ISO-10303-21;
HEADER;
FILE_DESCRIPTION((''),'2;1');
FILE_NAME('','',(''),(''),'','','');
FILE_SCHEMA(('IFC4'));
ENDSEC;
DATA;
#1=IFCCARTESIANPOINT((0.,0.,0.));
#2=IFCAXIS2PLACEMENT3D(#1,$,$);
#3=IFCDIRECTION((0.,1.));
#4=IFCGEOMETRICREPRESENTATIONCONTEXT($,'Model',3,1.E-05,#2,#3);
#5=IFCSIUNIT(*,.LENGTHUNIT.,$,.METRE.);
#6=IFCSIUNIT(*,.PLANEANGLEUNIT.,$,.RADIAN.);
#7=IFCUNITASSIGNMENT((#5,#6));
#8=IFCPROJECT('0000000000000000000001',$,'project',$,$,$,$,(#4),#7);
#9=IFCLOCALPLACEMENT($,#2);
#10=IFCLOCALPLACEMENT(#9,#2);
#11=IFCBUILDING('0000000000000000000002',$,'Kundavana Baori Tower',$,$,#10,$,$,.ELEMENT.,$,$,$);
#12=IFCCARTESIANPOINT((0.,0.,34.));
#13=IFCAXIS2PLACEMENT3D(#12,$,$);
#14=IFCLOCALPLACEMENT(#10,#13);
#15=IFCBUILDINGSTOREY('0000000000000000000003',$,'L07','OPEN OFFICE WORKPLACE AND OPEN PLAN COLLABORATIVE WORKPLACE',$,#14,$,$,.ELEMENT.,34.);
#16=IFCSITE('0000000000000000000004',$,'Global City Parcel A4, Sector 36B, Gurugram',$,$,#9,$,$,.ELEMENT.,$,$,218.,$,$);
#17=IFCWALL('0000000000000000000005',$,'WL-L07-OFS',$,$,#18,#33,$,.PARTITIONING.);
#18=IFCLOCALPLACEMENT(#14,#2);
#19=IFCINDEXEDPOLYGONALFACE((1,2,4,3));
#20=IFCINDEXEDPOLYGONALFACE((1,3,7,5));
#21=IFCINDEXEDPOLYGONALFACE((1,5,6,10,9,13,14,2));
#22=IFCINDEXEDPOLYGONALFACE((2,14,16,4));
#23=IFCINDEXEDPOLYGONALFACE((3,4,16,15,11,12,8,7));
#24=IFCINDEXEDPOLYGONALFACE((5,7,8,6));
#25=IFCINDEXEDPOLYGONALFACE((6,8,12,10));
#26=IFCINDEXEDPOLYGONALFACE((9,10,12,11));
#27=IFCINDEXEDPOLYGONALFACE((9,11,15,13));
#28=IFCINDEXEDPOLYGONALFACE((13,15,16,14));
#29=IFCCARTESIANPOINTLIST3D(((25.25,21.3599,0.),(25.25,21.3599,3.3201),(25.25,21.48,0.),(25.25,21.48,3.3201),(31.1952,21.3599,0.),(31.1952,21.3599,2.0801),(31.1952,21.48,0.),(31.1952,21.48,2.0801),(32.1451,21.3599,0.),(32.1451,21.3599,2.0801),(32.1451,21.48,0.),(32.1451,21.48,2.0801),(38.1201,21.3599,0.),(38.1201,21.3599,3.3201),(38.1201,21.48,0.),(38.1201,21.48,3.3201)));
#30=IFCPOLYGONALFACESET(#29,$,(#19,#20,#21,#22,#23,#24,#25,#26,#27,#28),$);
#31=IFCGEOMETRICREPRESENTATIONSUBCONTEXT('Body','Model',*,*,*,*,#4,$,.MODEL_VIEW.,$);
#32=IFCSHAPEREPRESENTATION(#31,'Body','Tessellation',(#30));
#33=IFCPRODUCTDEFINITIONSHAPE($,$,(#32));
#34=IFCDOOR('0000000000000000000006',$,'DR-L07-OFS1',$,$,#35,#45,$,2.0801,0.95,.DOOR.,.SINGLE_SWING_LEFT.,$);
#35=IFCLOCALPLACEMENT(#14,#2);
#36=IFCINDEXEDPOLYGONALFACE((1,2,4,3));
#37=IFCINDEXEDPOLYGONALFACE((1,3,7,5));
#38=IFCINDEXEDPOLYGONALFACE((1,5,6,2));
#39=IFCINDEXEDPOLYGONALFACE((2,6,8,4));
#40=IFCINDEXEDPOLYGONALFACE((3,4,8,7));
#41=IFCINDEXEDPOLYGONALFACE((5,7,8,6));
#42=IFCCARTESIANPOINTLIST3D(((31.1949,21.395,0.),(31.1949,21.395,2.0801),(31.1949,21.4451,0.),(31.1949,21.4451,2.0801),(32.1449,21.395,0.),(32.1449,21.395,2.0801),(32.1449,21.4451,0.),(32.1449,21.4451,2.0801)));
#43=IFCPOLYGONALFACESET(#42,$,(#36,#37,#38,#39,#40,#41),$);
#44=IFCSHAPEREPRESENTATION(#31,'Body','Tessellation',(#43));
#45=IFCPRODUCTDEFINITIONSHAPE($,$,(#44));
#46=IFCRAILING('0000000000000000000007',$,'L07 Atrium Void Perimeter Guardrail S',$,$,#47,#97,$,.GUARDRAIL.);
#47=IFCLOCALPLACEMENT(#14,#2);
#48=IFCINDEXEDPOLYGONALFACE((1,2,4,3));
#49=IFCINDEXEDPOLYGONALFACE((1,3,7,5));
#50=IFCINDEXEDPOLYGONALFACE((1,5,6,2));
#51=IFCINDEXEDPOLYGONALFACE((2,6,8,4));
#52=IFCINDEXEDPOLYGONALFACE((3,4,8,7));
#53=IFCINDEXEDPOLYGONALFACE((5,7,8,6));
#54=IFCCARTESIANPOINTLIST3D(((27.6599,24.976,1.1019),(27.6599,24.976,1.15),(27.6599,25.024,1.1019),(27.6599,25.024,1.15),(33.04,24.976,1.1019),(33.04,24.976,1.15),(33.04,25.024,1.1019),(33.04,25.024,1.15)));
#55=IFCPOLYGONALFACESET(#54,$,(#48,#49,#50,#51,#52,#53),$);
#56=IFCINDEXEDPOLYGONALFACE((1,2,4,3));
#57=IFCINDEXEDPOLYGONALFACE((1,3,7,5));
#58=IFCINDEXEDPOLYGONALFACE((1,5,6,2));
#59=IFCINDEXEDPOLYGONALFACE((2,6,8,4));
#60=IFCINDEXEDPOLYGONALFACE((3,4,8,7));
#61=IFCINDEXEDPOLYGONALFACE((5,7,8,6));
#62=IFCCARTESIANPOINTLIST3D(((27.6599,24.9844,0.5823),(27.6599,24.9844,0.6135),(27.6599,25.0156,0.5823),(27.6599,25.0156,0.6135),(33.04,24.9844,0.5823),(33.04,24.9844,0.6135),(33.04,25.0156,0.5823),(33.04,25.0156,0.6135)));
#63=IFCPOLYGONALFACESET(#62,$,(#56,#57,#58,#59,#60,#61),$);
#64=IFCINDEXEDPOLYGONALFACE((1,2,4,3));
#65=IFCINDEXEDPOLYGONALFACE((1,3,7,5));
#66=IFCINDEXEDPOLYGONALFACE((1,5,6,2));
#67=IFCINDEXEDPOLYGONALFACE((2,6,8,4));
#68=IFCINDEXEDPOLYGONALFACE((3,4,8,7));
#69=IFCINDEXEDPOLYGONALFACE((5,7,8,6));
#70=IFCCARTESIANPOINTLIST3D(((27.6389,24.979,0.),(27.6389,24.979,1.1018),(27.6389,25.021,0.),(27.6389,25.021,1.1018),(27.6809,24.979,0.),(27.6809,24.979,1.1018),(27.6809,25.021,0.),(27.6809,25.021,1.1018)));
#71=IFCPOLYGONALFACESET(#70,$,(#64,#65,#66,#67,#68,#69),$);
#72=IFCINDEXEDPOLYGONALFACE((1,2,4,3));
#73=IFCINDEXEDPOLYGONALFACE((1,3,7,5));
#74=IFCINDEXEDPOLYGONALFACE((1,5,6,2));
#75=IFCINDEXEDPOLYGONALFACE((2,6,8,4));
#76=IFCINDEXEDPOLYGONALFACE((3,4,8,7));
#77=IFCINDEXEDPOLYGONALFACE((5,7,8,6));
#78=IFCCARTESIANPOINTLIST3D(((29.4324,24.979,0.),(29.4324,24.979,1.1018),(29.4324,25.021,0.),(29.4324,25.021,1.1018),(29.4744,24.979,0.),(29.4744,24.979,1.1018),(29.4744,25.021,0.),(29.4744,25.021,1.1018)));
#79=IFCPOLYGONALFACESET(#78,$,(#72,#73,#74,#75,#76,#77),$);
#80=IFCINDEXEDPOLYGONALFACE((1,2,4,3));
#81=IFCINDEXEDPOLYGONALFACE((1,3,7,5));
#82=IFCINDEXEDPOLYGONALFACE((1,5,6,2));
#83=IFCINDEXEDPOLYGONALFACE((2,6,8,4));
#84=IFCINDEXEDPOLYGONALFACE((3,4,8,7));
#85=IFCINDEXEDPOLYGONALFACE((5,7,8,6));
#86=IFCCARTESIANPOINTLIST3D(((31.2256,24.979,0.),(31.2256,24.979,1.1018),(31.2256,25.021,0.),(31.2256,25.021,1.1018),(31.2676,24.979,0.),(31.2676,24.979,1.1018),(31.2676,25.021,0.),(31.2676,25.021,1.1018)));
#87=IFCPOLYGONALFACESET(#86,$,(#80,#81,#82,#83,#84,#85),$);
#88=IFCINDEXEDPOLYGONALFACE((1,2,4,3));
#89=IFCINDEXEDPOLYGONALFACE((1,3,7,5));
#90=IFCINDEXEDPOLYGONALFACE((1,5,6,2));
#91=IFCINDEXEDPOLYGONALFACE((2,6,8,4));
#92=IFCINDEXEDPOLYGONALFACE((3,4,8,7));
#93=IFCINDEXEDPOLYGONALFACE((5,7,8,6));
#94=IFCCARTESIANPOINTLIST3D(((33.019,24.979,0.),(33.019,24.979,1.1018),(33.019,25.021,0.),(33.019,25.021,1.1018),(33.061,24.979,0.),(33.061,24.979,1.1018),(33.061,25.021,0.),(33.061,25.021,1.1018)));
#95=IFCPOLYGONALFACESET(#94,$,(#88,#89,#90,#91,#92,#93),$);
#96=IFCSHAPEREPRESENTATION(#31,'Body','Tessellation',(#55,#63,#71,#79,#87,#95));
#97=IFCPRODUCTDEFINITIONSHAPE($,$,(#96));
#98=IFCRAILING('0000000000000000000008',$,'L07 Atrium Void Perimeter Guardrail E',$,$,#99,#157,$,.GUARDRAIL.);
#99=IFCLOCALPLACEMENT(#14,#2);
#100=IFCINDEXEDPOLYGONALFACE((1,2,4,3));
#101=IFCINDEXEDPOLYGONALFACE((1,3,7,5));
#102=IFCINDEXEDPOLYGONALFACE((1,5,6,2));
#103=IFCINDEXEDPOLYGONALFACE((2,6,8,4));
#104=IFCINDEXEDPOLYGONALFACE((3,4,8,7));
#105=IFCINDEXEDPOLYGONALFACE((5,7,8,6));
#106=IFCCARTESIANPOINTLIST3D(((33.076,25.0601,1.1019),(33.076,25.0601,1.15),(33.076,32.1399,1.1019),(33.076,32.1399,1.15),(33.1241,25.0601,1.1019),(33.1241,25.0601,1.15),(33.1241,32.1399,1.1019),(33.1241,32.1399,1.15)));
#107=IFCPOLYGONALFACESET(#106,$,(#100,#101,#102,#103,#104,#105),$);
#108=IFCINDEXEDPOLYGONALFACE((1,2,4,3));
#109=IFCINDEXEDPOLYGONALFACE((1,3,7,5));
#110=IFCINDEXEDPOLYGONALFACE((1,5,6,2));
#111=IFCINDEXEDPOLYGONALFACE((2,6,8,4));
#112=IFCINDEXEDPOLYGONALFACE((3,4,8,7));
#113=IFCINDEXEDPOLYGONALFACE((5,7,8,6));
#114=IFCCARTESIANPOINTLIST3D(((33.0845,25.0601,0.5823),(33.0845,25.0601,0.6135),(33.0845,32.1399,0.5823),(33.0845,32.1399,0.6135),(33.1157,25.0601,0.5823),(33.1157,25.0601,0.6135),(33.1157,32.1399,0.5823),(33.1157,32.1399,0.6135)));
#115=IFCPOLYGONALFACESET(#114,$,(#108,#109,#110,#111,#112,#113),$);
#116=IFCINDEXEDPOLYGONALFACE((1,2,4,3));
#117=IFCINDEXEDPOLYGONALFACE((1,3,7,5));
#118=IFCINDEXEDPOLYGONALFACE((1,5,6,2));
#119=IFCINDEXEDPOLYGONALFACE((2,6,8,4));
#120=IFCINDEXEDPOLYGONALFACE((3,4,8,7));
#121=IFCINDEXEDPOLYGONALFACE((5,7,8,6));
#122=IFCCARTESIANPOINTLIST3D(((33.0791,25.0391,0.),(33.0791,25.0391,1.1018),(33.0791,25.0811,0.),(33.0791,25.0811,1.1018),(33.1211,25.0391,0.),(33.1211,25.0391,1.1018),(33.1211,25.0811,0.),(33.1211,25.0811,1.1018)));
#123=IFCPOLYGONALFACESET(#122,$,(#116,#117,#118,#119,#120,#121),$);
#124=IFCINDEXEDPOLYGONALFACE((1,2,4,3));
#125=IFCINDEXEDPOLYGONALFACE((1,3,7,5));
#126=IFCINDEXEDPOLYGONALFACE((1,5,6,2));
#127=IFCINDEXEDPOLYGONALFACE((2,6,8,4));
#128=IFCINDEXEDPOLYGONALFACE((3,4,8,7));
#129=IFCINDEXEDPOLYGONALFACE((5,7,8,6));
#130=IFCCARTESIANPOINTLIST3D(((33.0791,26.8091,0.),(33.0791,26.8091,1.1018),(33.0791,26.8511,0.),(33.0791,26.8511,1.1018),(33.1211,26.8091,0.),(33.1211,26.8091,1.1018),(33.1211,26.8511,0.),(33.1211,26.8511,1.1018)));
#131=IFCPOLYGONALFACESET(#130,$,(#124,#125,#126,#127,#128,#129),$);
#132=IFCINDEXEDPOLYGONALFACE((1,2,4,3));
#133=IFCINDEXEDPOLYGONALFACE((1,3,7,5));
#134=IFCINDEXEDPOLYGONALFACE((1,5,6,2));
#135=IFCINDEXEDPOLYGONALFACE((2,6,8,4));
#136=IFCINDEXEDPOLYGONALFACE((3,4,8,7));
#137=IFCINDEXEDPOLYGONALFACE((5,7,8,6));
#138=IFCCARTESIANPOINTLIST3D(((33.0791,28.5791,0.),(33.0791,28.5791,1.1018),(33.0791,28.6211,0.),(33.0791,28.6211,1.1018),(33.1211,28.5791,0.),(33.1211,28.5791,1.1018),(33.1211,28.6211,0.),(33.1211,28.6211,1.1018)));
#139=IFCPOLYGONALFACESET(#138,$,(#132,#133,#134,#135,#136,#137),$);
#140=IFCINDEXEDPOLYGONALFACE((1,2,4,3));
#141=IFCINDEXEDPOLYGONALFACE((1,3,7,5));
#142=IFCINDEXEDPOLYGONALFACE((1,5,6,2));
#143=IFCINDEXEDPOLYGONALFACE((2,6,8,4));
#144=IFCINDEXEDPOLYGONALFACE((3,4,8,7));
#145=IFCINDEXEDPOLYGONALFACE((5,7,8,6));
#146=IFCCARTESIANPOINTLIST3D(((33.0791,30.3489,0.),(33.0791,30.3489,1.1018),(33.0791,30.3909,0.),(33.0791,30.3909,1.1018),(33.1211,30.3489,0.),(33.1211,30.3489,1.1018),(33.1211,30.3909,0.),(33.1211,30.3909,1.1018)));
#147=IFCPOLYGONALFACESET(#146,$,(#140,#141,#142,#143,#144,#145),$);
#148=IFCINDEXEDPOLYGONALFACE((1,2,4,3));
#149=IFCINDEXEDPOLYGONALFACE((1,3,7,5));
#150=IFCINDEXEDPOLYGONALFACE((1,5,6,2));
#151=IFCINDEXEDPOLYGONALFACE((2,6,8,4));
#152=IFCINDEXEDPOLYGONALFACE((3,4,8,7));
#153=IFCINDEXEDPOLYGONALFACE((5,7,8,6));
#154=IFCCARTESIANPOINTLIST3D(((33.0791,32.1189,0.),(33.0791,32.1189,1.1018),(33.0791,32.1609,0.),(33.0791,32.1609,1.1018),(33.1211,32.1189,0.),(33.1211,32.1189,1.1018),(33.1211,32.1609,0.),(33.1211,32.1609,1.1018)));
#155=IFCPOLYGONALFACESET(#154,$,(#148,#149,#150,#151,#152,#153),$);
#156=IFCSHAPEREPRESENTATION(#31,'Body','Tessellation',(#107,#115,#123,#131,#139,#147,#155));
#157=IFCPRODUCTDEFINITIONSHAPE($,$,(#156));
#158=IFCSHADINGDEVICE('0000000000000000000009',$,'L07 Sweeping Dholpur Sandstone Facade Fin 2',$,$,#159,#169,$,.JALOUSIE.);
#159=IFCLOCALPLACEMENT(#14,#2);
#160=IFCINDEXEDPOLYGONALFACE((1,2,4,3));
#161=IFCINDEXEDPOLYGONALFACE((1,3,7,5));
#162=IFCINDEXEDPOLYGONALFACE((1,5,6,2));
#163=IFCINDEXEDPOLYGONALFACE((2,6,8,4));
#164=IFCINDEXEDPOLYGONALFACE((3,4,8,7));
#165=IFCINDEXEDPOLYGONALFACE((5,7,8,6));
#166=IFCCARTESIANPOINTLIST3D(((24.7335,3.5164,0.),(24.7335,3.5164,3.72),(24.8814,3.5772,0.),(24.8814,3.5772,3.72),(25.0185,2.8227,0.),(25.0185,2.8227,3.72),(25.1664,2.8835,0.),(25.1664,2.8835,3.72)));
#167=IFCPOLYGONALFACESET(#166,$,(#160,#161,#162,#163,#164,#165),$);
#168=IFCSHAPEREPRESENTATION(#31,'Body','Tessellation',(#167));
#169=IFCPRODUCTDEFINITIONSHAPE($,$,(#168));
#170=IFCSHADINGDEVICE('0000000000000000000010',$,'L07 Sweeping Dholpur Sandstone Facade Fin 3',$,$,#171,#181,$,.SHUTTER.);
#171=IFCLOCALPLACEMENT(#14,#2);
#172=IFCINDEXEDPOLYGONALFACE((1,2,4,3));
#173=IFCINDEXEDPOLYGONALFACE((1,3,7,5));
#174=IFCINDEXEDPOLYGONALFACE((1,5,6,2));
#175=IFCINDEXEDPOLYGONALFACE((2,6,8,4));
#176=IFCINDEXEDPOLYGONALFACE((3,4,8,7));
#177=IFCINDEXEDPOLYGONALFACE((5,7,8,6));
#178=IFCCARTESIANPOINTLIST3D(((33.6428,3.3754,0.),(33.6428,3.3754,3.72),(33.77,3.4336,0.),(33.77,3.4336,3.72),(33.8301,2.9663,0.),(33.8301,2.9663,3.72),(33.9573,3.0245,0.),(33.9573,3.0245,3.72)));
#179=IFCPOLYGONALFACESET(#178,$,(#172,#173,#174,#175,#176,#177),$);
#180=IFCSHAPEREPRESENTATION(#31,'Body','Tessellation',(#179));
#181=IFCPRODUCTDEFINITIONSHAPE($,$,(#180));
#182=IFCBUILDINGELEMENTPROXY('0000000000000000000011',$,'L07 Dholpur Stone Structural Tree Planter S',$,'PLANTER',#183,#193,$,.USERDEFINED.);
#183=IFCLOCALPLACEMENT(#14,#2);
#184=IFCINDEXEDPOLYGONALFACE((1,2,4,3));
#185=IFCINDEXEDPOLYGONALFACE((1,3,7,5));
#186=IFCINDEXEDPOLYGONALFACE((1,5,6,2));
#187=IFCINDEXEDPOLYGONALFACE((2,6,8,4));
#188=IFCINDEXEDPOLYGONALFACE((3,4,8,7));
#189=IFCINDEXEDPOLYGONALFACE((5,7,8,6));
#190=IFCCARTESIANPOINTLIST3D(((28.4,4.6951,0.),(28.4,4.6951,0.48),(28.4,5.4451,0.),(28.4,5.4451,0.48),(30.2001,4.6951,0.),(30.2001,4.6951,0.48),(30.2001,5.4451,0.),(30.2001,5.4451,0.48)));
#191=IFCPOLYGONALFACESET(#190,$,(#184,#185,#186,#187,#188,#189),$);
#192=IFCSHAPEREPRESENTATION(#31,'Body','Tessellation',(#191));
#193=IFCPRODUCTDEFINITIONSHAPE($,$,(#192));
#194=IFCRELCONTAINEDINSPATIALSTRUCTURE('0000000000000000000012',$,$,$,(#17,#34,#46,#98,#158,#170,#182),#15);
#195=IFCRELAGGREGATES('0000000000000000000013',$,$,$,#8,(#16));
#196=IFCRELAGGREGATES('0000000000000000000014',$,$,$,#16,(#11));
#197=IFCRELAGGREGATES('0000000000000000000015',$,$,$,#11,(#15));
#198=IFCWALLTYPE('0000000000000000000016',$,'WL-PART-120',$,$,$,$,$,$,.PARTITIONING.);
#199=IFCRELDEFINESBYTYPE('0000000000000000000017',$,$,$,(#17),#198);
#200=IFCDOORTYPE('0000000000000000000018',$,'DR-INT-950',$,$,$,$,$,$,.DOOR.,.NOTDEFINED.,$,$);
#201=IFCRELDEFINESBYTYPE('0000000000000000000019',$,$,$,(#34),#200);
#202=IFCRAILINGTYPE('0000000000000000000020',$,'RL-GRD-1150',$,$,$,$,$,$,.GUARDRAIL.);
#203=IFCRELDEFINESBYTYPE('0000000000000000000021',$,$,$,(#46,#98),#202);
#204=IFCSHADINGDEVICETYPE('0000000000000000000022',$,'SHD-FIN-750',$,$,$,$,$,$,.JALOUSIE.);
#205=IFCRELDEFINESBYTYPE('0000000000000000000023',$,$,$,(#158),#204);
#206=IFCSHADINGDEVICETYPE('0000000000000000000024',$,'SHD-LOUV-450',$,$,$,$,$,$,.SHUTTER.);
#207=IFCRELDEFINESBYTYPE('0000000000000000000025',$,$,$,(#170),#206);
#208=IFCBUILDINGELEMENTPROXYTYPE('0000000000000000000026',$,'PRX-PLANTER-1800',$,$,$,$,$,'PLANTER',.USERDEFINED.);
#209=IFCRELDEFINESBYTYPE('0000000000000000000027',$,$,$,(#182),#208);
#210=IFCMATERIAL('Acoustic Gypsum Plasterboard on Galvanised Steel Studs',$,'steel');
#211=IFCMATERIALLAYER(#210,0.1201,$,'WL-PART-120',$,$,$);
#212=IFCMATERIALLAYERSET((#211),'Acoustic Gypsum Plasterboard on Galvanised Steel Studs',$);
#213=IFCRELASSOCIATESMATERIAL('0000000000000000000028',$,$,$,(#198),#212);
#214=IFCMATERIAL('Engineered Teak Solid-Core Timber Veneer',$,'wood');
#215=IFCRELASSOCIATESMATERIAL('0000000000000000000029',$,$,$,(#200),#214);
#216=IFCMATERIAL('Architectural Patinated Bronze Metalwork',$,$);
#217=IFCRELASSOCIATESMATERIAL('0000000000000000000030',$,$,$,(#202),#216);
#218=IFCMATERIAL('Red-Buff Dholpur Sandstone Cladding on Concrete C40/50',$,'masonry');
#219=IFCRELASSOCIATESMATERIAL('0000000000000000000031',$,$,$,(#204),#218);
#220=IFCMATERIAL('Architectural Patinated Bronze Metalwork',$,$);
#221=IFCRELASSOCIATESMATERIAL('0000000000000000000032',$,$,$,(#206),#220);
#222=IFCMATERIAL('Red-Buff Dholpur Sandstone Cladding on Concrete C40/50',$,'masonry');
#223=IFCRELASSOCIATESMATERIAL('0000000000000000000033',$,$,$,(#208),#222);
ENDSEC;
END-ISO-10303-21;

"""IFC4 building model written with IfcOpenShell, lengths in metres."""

from ifc_helpers import new_model, si_unit, direction, frame, frame_2d, origin, origin_2d, place, context, subcontext, project, spatial, rectangle, extrude, material, layer, layer_set, type_object, element, fill, save


model = new_model("IFC4")

# Units and contexts
model_context = context("Model", 3, precision=1e-05, world=origin(), true_north=direction((0.0, 1.0)))
body_context = subcontext(model_context, "Body", "Model", "MODEL_VIEW")
ifc_project = project(units=[si_unit("LENGTHUNIT", "METRE"), si_unit("PLANEANGLEUNIT", "RADIAN")], contexts=[model_context])

# Site, building, storey
site_placement = place(None, origin())
site = spatial("IfcSite", under=ifc_project, at=site_placement, Name="Global City Parcel A4, Sector 36B, Gurugram", CompositionType="ELEMENT", RefElevation=218.0)
building_placement = place(site_placement, origin())
building = spatial("IfcBuilding", under=site, at=building_placement, Name="Kundavana Baori Tower", CompositionType="ELEMENT")
storey_placement = place(building_placement, frame((0.0, 0.0, 34.0)))
storey = spatial("IfcBuildingStorey", under=building, at=storey_placement, Name="L07", Description="OPEN OFFICE WORKPLACE AND OPEN PLAN COLLABORATIVE WORKPLACE", CompositionType="ELEMENT", Elevation=34.0)

# Wall, opening, door
ifc_material_1 = material(Name="Acoustic Gypsum Plasterboard on Galvanised Steel Studs", Category="steel")
ifc_layer = layer(ifc_material_1, 0.1201, Name="WL-PART-120")
ifc_layer_set = layer_set([ifc_layer], Name="Acoustic Gypsum Plasterboard on Galvanised Steel Studs")
wall_type = type_object("IfcWallType", Name="WL-PART-120", PredefinedType="PARTITIONING", material=ifc_layer_set)
wall_placement = place(storey_placement, frame((25.25, 21.4199, 0.0), z_axis=(0.0, 0.0, 1.0), x_axis=(1.0, 0.0, 0.0)))
wall = element("IfcWall", 1, at=wall_placement, inside=storey, type_object=wall_type, Name="WL-L07-OFS", PredefinedType="PARTITIONING", context=body_context, shape_type="SweptSolid", body=[
    extrude(rectangle(XDim=12.8701, YDim=0.1201, at=frame_2d((6.4351, 0.0))), origin(), (0.0, 0.0, 1.0), 3.3201),
])
opening_placement = place(wall_placement, frame((5.9451, 0.0, 0.0)))
opening = element("IfcOpeningElement", 2, at=opening_placement, cuts=wall, PredefinedType="OPENING", context=body_context, shape_type="SweptSolid", body=[
    extrude(rectangle(XDim=0.95, YDim=2.0801, at=frame_2d((0.4751, 1.04))), frame((0.0, 0.0701, 0.0), z_axis=(0.0, -1.0, 0.0), x_axis=(1.0, 0.0, 0.0)), (0.0, 0.0, 1.0), 0.1401),
])
ifc_material_2 = material(Name="Engineered Teak Solid-Core Timber Veneer", Category="wood")
door_type = type_object("IfcDoorType", Name="DR-INT-950", OperationType="NOTDEFINED", PredefinedType="DOOR", material=ifc_material_2)
door_placement = place(opening_placement, frame((0.95, 0.0, 0.0), z_axis=(0.0, 0.0, 1.0), x_axis=(-1.0, 0.0, 0.0)))
door = element("IfcDoor", 3, at=door_placement, inside=storey, type_object=door_type, Name="DR-L07-OFS1", OperationType="SINGLE_SWING_LEFT", OverallHeight=2.0801, OverallWidth=0.95, PredefinedType="DOOR", context=body_context, shape_type="SweptSolid", body=[
    extrude(rectangle(XDim=0.95, YDim=2.0801, at=frame_2d((0.4751, 1.04))), frame((0.0, 0.0249, 0.0), z_axis=(0.0, -1.0, 0.0), x_axis=(1.0, 0.0, 0.0)), (0.0, 0.0, 1.0), 0.05),
])
fill(opening, door)

# Railings
ifc_material_3 = material(Name="Architectural Patinated Bronze Metalwork")
railing_type = type_object("IfcRailingType", Name="RL-GRD-1150", PredefinedType="GUARDRAIL", material=ifc_material_3)
railing_1_placement = place(storey_placement, frame((27.6599, 25.0, 0.0)))
element("IfcRailing", 4, at=railing_1_placement, inside=storey, type_object=railing_type, Name="L07 Atrium Void Perimeter Guardrail S", PredefinedType="GUARDRAIL", context=body_context, shape_type="SweptSolid", body=[
    extrude(rectangle(XDim=0.0481, YDim=0.0481, at=origin_2d()), frame((0.0, 0.0, 1.126), z_axis=(1.0, 0.0, 0.0), x_axis=(0.0, 1.0, 0.0)), (0.0, 0.0, 1.0), 5.3801),
    extrude(rectangle(XDim=0.0312, YDim=0.0312, at=origin_2d()), frame((0.0, 0.0, 0.5979), z_axis=(1.0, 0.0, 0.0), x_axis=(0.0, 1.0, 0.0)), (0.0, 0.0, 1.0), 5.3801),
    extrude(rectangle(XDim=0.042, YDim=0.042, at=origin_2d()), origin(), (0.0, 0.0, 1.0), 1.1018),
    extrude(rectangle(XDim=0.042, YDim=0.042, at=origin_2d()), frame((1.7935, 0.0, 0.0)), (0.0, 0.0, 1.0), 1.1018),
    extrude(rectangle(XDim=0.042, YDim=0.042, at=origin_2d()), frame((3.5867, 0.0, 0.0)), (0.0, 0.0, 1.0), 1.1018),
    extrude(rectangle(XDim=0.042, YDim=0.042, at=origin_2d()), frame((5.3801, 0.0, 0.0)), (0.0, 0.0, 1.0), 1.1018),
])
railing_2_placement = place(storey_placement, frame((33.1001, 25.0601, 0.0)))
element("IfcRailing", 5, at=railing_2_placement, inside=storey, type_object=railing_type, Name="L07 Atrium Void Perimeter Guardrail E", PredefinedType="GUARDRAIL", context=body_context, shape_type="SweptSolid", body=[
    extrude(rectangle(XDim=0.0481, YDim=0.0481, at=origin_2d()), frame((0.0, 0.0, 1.126), z_axis=(0.0, 1.0, 0.0), x_axis=(-1.0, 0.0, 0.0)), (0.0, 0.0, 1.0), 7.0798),
    extrude(rectangle(XDim=0.0312, YDim=0.0312, at=origin_2d()), frame((0.0, 0.0, 0.5979), z_axis=(0.0, 1.0, 0.0), x_axis=(-1.0, 0.0, 0.0)), (0.0, 0.0, 1.0), 7.0798),
    extrude(rectangle(XDim=0.042, YDim=0.042, at=origin_2d()), origin(), (0.0, 0.0, 1.0), 1.1018),
    extrude(rectangle(XDim=0.042, YDim=0.042, at=origin_2d()), frame((0.0, 1.77, 0.0)), (0.0, 0.0, 1.0), 1.1018),
    extrude(rectangle(XDim=0.042, YDim=0.042, at=origin_2d()), frame((0.0, 3.54, 0.0)), (0.0, 0.0, 1.0), 1.1018),
    extrude(rectangle(XDim=0.042, YDim=0.042, at=origin_2d()), frame((0.0, 5.3098, 0.0)), (0.0, 0.0, 1.0), 1.1018),
    extrude(rectangle(XDim=0.042, YDim=0.042, at=origin_2d()), frame((0.0, 7.0798, 0.0)), (0.0, 0.0, 1.0), 1.1018),
])

# Shading devices
ifc_material_4 = material(Name="Red-Buff Dholpur Sandstone Cladding on Concrete C40/50", Category="masonry")
shading_device_type_1 = type_object("IfcShadingDeviceType", Name="SHD-FIN-750", PredefinedType="JALOUSIE", material=ifc_material_4)
shading_device_1_placement = place(storey_placement, frame((24.95, 3.2, 0.0), z_axis=(0.0, 0.0, 1.0), x_axis=(0.924945, 0.380102, 0.0)))
element("IfcShadingDevice", 6, at=shading_device_1_placement, inside=storey, type_object=shading_device_type_1, Name="L07 Sweeping Dholpur Sandstone Facade Fin 2", PredefinedType="JALOUSIE", context=body_context, shape_type="SweptSolid", body=[
    extrude(rectangle(XDim=0.1599, YDim=0.75, at=origin_2d()), origin(), (0.0, 0.0, 1.0), 3.72),
])
ifc_material_5 = material(Name="Architectural Patinated Bronze Metalwork")
shading_device_type_2 = type_object("IfcShadingDeviceType", Name="SHD-LOUV-450", PredefinedType="SHUTTER", material=ifc_material_5)
shading_device_2_placement = place(storey_placement, frame((33.8, 3.2, 0.0), z_axis=(0.0, 0.0, 1.0), x_axis=(0.909236, 0.416281, 0.0)))
element("IfcShadingDevice", 7, at=shading_device_2_placement, inside=storey, type_object=shading_device_type_2, Name="L07 Sweeping Dholpur Sandstone Facade Fin 3", PredefinedType="SHUTTER", context=body_context, shape_type="SweptSolid", body=[
    extrude(rectangle(XDim=0.1399, YDim=0.45, at=origin_2d()), origin(), (0.0, 0.0, 1.0), 3.72),
])

# Building element proxy
ifc_material_6 = material(Name="Red-Buff Dholpur Sandstone Cladding on Concrete C40/50", Category="masonry")
building_element_proxy_type = type_object("IfcBuildingElementProxyType", Name="PRX-PLANTER-1800", ElementType="PLANTER", PredefinedType="USERDEFINED", material=ifc_material_6)
proxy_placement = place(storey_placement, frame((29.3, 5.0701, 0.0), z_axis=(0.0, 0.0, 1.0), x_axis=(1.0, 0.0, 0.0)))
element("IfcBuildingElementProxy", 8, at=proxy_placement, inside=storey, type_object=building_element_proxy_type, Name="L07 Dholpur Stone Structural Tree Planter S", ObjectType="PLANTER", PredefinedType="USERDEFINED", context=body_context, shape_type="SweptSolid", body=[
    extrude(rectangle(XDim=1.8, YDim=0.75, at=origin_2d()), origin(), (0.0, 0.0, 1.0), 0.48),
])

save(model, "model.ifc")
